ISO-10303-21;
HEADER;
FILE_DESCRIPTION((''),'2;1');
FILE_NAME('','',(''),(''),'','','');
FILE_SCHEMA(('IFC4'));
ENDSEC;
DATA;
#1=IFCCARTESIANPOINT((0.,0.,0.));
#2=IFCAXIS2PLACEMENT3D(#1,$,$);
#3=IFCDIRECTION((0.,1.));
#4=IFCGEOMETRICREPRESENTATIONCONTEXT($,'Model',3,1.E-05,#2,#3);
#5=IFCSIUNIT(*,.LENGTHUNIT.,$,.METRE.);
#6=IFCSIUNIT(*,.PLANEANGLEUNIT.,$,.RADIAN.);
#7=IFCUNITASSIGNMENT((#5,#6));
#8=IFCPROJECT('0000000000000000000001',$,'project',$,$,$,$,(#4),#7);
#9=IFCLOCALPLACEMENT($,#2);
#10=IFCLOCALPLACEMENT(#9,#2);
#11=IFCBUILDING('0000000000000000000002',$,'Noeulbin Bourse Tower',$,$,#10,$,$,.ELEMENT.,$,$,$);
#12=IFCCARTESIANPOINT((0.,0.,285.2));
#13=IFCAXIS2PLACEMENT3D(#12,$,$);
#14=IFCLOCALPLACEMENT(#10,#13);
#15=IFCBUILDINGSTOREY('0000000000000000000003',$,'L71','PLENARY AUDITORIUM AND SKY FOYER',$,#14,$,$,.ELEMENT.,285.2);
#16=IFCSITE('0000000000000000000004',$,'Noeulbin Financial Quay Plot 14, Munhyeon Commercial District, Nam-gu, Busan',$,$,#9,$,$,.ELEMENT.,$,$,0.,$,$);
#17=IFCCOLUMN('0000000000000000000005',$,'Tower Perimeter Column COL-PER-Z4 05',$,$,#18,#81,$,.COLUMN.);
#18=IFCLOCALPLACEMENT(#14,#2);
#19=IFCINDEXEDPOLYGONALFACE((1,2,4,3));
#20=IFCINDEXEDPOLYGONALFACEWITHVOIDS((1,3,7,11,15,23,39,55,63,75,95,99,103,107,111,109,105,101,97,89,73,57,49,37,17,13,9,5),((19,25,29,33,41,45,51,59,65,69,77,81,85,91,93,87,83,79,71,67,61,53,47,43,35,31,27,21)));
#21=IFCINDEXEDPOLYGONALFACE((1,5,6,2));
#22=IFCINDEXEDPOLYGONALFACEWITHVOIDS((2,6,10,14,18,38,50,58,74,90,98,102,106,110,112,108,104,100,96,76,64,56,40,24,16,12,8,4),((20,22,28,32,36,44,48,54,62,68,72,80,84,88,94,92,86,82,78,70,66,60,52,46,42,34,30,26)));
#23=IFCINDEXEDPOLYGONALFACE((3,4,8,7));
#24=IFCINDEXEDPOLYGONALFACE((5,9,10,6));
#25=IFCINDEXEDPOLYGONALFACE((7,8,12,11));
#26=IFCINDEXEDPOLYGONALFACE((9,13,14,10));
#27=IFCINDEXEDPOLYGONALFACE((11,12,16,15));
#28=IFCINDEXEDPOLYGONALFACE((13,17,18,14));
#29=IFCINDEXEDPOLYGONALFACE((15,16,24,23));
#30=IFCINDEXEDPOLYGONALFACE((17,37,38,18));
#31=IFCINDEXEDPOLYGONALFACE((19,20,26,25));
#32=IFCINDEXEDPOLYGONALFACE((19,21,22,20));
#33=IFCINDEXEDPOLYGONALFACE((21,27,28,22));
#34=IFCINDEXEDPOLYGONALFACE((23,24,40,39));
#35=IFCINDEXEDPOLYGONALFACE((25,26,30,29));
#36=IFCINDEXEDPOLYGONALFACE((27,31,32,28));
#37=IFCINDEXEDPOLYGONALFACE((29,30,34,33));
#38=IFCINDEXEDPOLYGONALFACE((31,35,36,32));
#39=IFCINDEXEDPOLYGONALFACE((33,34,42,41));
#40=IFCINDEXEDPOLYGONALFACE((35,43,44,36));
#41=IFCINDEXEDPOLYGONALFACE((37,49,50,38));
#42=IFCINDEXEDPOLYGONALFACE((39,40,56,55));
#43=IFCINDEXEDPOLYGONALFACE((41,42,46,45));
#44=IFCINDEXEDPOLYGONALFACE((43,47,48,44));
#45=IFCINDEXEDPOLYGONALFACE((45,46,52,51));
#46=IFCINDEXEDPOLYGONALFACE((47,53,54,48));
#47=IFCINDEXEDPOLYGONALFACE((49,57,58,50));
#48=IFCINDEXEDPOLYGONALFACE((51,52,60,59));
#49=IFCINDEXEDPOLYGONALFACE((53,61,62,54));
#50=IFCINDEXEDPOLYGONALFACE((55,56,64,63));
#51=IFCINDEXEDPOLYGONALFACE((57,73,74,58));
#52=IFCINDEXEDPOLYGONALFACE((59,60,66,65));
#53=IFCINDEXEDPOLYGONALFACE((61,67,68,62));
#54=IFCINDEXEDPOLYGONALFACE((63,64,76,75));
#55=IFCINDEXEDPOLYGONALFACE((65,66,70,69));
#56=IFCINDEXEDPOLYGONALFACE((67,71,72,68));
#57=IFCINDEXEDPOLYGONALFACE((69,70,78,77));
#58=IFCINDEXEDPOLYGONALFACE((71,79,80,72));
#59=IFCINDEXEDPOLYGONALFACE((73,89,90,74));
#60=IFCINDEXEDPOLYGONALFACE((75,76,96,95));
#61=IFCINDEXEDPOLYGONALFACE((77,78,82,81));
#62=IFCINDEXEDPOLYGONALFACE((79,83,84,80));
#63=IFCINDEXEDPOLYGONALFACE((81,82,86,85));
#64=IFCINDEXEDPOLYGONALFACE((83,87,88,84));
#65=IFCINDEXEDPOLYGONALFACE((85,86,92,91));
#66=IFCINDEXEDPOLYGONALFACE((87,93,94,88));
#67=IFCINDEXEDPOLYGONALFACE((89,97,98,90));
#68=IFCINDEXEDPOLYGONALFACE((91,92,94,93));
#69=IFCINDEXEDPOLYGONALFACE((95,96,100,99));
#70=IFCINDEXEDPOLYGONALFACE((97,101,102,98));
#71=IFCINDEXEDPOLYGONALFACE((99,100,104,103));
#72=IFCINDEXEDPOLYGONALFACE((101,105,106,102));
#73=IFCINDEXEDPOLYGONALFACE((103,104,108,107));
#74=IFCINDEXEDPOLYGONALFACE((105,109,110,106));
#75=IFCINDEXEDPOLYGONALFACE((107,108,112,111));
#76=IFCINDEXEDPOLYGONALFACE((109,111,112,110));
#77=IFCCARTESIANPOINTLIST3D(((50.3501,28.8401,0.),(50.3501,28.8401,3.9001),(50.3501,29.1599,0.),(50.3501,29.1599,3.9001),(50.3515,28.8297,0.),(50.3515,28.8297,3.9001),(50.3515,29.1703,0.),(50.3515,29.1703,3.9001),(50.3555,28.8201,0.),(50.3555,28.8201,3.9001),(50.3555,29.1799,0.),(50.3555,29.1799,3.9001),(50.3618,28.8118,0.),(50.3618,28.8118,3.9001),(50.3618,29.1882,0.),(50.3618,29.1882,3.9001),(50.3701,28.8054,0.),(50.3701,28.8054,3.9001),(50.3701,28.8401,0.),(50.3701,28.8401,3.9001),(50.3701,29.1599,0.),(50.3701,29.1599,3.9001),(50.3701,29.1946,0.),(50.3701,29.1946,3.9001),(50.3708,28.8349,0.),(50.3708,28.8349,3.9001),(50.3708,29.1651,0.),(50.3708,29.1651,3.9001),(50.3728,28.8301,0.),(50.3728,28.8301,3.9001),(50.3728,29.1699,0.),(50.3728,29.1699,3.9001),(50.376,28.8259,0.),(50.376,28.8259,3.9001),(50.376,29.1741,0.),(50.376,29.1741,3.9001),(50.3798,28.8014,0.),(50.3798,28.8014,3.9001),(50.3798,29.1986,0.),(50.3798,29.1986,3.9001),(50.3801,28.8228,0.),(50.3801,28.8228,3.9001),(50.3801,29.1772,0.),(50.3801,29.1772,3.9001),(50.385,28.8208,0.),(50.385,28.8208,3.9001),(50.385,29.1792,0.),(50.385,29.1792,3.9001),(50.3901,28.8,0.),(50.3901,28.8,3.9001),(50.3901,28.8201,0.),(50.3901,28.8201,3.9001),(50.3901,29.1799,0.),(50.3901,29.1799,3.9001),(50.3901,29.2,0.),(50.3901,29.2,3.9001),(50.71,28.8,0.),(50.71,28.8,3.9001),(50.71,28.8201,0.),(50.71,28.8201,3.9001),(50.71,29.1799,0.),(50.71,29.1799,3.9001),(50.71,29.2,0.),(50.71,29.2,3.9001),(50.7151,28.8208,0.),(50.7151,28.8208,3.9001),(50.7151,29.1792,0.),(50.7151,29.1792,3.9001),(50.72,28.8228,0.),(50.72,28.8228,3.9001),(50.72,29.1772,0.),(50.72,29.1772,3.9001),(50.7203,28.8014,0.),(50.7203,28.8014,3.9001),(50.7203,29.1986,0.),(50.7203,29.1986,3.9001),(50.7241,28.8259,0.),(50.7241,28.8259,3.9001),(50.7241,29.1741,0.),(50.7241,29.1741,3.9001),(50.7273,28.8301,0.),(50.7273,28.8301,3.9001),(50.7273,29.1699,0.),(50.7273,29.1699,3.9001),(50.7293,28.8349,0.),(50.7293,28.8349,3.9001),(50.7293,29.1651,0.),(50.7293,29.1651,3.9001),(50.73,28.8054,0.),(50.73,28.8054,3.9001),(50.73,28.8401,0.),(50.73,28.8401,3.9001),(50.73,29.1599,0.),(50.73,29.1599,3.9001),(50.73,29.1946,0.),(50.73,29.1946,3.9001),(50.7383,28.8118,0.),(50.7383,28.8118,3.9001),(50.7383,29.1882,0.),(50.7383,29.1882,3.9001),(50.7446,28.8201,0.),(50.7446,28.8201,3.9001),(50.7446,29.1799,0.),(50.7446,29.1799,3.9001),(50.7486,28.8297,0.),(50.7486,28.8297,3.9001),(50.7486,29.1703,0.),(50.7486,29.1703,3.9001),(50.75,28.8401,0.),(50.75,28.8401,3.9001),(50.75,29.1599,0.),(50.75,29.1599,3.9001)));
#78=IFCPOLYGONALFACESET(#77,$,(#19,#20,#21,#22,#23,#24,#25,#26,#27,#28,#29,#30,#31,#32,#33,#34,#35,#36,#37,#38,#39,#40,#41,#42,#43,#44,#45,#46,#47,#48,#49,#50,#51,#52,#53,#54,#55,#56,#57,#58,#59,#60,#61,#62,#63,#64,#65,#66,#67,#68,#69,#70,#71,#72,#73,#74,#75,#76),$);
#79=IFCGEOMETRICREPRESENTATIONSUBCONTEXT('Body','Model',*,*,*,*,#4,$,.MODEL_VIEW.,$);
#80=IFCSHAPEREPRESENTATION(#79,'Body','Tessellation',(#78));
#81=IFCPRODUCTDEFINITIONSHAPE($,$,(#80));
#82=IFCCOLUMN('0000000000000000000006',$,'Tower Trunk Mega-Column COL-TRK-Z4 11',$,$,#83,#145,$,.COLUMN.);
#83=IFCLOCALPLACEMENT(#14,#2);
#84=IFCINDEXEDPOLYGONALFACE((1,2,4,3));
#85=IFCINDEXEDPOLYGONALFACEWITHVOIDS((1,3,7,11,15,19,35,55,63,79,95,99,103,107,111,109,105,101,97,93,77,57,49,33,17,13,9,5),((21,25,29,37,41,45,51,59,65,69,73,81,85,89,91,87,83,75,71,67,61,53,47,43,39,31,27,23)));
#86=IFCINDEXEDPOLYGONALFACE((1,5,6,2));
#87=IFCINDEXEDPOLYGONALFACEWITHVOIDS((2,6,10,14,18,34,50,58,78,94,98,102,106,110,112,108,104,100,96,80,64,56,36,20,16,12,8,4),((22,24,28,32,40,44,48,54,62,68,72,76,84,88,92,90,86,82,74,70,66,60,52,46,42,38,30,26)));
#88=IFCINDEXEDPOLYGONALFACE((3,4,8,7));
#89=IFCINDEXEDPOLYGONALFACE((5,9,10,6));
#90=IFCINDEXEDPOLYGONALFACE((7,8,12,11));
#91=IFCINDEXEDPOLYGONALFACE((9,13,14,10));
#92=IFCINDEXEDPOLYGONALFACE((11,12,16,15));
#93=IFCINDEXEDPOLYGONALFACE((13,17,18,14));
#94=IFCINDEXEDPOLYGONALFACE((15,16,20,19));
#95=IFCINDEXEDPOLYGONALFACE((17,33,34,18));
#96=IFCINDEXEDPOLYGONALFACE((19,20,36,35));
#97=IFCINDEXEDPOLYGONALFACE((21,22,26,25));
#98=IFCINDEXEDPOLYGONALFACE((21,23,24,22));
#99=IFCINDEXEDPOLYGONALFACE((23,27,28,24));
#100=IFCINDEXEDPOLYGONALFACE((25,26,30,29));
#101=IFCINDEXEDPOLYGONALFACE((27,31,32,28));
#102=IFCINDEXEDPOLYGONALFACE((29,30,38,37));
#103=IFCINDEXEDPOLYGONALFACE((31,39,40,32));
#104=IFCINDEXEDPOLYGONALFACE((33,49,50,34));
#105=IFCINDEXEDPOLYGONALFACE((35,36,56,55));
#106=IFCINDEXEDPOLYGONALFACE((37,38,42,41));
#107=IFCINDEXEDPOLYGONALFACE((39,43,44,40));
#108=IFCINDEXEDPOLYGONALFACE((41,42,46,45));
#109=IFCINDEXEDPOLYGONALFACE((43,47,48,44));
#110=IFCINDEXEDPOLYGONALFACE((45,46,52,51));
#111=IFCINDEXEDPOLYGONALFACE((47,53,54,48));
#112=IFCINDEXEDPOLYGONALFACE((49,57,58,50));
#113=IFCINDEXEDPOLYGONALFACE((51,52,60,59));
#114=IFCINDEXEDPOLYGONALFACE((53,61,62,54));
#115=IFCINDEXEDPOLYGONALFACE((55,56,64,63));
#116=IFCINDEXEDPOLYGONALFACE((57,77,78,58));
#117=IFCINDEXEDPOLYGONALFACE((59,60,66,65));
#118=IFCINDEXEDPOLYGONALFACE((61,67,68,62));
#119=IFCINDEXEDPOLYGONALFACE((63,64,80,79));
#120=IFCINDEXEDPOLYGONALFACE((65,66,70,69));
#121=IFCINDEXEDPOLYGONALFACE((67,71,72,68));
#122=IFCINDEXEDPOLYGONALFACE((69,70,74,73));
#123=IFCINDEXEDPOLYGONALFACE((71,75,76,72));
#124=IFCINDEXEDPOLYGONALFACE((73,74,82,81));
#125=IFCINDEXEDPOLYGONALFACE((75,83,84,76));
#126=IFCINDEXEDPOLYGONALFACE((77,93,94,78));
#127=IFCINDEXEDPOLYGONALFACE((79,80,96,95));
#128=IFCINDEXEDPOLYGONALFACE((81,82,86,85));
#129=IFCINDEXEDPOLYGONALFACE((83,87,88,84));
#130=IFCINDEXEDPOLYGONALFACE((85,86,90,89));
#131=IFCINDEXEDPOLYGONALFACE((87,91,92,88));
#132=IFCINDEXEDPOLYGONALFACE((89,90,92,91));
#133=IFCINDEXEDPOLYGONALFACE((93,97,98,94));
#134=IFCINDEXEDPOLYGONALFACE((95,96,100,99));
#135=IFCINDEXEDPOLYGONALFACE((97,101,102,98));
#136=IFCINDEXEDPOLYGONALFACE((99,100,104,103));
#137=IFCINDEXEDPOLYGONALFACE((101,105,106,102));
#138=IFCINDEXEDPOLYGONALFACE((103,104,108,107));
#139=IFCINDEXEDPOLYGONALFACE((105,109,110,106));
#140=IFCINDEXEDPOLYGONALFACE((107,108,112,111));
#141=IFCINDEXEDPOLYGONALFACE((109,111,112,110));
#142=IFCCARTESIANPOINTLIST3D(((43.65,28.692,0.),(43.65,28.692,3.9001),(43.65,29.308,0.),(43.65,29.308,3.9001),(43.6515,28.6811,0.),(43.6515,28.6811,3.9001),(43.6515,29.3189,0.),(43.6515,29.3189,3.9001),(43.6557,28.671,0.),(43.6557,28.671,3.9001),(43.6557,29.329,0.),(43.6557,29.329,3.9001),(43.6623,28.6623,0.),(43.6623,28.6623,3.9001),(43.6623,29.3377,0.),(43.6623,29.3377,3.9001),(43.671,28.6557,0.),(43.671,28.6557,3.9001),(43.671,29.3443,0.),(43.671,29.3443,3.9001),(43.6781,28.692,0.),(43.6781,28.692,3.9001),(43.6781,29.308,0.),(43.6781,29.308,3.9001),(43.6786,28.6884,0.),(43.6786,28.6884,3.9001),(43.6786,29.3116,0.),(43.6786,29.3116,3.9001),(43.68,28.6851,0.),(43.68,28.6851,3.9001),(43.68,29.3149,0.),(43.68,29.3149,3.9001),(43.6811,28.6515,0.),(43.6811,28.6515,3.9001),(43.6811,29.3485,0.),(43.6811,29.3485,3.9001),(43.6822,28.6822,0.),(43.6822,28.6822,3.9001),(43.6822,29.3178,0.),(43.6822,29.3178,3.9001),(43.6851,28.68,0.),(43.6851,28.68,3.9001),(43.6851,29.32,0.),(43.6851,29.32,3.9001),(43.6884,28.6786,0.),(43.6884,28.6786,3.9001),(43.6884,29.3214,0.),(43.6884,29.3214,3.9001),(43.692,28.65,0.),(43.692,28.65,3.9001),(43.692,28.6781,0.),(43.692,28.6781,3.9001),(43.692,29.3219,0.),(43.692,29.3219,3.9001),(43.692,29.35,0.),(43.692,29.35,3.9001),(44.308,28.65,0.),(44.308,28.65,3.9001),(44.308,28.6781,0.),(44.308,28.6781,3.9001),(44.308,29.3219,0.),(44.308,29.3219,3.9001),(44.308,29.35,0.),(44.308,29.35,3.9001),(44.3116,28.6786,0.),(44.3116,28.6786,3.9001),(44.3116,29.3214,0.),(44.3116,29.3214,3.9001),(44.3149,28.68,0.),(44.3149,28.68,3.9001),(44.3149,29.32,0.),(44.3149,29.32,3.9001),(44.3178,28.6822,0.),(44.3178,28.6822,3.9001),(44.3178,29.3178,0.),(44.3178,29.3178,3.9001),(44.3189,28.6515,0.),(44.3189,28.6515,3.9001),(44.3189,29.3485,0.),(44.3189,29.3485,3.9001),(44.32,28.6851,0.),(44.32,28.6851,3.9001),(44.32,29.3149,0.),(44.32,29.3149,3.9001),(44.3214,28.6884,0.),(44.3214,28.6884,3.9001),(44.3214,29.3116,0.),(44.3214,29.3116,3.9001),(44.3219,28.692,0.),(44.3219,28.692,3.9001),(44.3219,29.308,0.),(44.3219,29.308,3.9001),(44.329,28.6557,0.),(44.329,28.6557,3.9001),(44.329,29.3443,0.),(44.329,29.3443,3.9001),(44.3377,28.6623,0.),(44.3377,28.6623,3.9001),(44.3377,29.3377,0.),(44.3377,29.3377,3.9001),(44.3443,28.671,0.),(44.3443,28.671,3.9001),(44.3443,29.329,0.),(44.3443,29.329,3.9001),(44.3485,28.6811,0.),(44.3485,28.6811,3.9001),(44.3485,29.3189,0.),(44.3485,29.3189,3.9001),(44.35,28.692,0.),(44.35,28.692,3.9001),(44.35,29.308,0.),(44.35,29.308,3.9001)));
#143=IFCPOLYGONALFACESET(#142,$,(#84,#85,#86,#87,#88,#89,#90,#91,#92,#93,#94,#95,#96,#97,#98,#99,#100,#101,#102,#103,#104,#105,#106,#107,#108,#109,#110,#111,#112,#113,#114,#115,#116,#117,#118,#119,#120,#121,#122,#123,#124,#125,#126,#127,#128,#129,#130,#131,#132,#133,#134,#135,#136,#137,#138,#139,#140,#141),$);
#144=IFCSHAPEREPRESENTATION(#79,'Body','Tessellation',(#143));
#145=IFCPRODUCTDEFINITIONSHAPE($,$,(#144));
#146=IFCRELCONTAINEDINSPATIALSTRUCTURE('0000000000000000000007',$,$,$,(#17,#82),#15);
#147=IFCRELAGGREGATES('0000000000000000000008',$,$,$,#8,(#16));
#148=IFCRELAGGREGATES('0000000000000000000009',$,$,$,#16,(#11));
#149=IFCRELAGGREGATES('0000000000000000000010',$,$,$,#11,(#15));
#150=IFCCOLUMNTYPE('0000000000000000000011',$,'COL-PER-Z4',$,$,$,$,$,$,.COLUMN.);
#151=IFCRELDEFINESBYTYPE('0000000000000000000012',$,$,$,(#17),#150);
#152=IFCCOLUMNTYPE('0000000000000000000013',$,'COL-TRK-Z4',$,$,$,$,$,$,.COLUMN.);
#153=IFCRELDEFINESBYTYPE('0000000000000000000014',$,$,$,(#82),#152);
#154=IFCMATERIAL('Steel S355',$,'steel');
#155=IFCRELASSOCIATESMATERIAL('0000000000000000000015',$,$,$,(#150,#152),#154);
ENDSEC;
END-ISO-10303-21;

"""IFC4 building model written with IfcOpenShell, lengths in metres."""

from ifc_helpers import new_model, si_unit, direction, frame, origin, origin_2d, place, context, subcontext, project, spatial, hollow_rectangle, extrude, material, material_profile, profile_set, type_object, element, save


model = new_model("IFC4")

# Units and contexts
model_context = context("Model", 3, precision=1e-05, world=origin(), true_north=direction((0.0, 1.0)))
body_context = subcontext(model_context, "Body", "Model", "MODEL_VIEW")
ifc_project = project(units=[si_unit("LENGTHUNIT", "METRE"), si_unit("PLANEANGLEUNIT", "RADIAN")], contexts=[model_context])

# Site, building, storey
site_placement = place(None, origin())
site = spatial("IfcSite", under=ifc_project, at=site_placement, Name="Noeulbin Financial Quay Plot 14, Munhyeon Commercial District, Nam-gu, Busan", CompositionType="ELEMENT", RefElevation=0.0)
building_placement = place(site_placement, origin())
building = spatial("IfcBuilding", under=site, at=building_placement, Name="Noeulbin Bourse Tower", CompositionType="ELEMENT")
storey_placement = place(building_placement, frame((0.0, 0.0, 285.2)))
storey = spatial("IfcBuildingStorey", under=building, at=storey_placement, Name="L71", Description="PLENARY AUDITORIUM AND SKY FOYER", CompositionType="ELEMENT", Elevation=285.2)

# Columns
ifc_material_1 = material(Name="Steel S355", Category="steel")
ifc_material_profile_1 = material_profile(ifc_material_1, hollow_rectangle(XDim=0.3999, YDim=0.3999, WallThickness=0.02, InnerFilletRadius=0.02, OuterFilletRadius=0.04, at=origin_2d()), Name="SHS-400x400x20", Category="LoadBearing")
ifc_profile_set_1 = profile_set([ifc_material_profile_1], Name="Steel S355")
column_type_1 = type_object("IfcColumnType", Name="COL-PER-Z4", PredefinedType="COLUMN", material=ifc_profile_set_1)
column_placement = place(storey_placement, frame((50.55, 29.0, 0.0), z_axis=(0.0, 0.0, 1.0), x_axis=(1.0, 0.0, 0.0)))
element("IfcColumn", 1, at=column_placement, inside=storey, type_object=column_type_1, Name="Tower Perimeter Column COL-PER-Z4 05", PredefinedType="COLUMN", context=body_context, shape_type="SweptSolid", body=[
    extrude(hollow_rectangle(XDim=0.3999, YDim=0.3999, WallThickness=0.02, InnerFilletRadius=0.02, OuterFilletRadius=0.04, at=origin_2d()), origin(), (0.0, 0.0, 1.0), 3.9001),
])
ifc_material_profile_2 = material_profile(ifc_material_1, hollow_rectangle(XDim=0.7, YDim=0.7, WallThickness=0.0281, InnerFilletRadius=0.0139, OuterFilletRadius=0.042, at=origin_2d()), Name="BOX-700x700x28", Category="LoadBearing")
ifc_profile_set_2 = profile_set([ifc_material_profile_2], Name="Steel S355")
column_type_2 = type_object("IfcColumnType", Name="COL-TRK-Z4", PredefinedType="COLUMN", material=ifc_profile_set_2)
for number, where, z_axis, x_axis, name in (
    (2, (44.0, 29.0, 0.0), (0.0, 0.0, 1.0), (1.0, 0.0, 0.0), "Tower Trunk Mega-Column COL-TRK-Z4 11"),
):
    element("IfcColumn", number, at=place(storey_placement, frame(where, z_axis=z_axis, x_axis=x_axis)), inside=storey, type_object=column_type_2, Name=name, PredefinedType="COLUMN", context=body_context, shape_type="SweptSolid", body=[
        extrude(hollow_rectangle(XDim=0.7, YDim=0.7, WallThickness=0.0281, InnerFilletRadius=0.0139, OuterFilletRadius=0.042, at=origin_2d()), origin(), (0.0, 0.0, 1.0), 3.9001),
    ])

save(model, "model.ifc")
